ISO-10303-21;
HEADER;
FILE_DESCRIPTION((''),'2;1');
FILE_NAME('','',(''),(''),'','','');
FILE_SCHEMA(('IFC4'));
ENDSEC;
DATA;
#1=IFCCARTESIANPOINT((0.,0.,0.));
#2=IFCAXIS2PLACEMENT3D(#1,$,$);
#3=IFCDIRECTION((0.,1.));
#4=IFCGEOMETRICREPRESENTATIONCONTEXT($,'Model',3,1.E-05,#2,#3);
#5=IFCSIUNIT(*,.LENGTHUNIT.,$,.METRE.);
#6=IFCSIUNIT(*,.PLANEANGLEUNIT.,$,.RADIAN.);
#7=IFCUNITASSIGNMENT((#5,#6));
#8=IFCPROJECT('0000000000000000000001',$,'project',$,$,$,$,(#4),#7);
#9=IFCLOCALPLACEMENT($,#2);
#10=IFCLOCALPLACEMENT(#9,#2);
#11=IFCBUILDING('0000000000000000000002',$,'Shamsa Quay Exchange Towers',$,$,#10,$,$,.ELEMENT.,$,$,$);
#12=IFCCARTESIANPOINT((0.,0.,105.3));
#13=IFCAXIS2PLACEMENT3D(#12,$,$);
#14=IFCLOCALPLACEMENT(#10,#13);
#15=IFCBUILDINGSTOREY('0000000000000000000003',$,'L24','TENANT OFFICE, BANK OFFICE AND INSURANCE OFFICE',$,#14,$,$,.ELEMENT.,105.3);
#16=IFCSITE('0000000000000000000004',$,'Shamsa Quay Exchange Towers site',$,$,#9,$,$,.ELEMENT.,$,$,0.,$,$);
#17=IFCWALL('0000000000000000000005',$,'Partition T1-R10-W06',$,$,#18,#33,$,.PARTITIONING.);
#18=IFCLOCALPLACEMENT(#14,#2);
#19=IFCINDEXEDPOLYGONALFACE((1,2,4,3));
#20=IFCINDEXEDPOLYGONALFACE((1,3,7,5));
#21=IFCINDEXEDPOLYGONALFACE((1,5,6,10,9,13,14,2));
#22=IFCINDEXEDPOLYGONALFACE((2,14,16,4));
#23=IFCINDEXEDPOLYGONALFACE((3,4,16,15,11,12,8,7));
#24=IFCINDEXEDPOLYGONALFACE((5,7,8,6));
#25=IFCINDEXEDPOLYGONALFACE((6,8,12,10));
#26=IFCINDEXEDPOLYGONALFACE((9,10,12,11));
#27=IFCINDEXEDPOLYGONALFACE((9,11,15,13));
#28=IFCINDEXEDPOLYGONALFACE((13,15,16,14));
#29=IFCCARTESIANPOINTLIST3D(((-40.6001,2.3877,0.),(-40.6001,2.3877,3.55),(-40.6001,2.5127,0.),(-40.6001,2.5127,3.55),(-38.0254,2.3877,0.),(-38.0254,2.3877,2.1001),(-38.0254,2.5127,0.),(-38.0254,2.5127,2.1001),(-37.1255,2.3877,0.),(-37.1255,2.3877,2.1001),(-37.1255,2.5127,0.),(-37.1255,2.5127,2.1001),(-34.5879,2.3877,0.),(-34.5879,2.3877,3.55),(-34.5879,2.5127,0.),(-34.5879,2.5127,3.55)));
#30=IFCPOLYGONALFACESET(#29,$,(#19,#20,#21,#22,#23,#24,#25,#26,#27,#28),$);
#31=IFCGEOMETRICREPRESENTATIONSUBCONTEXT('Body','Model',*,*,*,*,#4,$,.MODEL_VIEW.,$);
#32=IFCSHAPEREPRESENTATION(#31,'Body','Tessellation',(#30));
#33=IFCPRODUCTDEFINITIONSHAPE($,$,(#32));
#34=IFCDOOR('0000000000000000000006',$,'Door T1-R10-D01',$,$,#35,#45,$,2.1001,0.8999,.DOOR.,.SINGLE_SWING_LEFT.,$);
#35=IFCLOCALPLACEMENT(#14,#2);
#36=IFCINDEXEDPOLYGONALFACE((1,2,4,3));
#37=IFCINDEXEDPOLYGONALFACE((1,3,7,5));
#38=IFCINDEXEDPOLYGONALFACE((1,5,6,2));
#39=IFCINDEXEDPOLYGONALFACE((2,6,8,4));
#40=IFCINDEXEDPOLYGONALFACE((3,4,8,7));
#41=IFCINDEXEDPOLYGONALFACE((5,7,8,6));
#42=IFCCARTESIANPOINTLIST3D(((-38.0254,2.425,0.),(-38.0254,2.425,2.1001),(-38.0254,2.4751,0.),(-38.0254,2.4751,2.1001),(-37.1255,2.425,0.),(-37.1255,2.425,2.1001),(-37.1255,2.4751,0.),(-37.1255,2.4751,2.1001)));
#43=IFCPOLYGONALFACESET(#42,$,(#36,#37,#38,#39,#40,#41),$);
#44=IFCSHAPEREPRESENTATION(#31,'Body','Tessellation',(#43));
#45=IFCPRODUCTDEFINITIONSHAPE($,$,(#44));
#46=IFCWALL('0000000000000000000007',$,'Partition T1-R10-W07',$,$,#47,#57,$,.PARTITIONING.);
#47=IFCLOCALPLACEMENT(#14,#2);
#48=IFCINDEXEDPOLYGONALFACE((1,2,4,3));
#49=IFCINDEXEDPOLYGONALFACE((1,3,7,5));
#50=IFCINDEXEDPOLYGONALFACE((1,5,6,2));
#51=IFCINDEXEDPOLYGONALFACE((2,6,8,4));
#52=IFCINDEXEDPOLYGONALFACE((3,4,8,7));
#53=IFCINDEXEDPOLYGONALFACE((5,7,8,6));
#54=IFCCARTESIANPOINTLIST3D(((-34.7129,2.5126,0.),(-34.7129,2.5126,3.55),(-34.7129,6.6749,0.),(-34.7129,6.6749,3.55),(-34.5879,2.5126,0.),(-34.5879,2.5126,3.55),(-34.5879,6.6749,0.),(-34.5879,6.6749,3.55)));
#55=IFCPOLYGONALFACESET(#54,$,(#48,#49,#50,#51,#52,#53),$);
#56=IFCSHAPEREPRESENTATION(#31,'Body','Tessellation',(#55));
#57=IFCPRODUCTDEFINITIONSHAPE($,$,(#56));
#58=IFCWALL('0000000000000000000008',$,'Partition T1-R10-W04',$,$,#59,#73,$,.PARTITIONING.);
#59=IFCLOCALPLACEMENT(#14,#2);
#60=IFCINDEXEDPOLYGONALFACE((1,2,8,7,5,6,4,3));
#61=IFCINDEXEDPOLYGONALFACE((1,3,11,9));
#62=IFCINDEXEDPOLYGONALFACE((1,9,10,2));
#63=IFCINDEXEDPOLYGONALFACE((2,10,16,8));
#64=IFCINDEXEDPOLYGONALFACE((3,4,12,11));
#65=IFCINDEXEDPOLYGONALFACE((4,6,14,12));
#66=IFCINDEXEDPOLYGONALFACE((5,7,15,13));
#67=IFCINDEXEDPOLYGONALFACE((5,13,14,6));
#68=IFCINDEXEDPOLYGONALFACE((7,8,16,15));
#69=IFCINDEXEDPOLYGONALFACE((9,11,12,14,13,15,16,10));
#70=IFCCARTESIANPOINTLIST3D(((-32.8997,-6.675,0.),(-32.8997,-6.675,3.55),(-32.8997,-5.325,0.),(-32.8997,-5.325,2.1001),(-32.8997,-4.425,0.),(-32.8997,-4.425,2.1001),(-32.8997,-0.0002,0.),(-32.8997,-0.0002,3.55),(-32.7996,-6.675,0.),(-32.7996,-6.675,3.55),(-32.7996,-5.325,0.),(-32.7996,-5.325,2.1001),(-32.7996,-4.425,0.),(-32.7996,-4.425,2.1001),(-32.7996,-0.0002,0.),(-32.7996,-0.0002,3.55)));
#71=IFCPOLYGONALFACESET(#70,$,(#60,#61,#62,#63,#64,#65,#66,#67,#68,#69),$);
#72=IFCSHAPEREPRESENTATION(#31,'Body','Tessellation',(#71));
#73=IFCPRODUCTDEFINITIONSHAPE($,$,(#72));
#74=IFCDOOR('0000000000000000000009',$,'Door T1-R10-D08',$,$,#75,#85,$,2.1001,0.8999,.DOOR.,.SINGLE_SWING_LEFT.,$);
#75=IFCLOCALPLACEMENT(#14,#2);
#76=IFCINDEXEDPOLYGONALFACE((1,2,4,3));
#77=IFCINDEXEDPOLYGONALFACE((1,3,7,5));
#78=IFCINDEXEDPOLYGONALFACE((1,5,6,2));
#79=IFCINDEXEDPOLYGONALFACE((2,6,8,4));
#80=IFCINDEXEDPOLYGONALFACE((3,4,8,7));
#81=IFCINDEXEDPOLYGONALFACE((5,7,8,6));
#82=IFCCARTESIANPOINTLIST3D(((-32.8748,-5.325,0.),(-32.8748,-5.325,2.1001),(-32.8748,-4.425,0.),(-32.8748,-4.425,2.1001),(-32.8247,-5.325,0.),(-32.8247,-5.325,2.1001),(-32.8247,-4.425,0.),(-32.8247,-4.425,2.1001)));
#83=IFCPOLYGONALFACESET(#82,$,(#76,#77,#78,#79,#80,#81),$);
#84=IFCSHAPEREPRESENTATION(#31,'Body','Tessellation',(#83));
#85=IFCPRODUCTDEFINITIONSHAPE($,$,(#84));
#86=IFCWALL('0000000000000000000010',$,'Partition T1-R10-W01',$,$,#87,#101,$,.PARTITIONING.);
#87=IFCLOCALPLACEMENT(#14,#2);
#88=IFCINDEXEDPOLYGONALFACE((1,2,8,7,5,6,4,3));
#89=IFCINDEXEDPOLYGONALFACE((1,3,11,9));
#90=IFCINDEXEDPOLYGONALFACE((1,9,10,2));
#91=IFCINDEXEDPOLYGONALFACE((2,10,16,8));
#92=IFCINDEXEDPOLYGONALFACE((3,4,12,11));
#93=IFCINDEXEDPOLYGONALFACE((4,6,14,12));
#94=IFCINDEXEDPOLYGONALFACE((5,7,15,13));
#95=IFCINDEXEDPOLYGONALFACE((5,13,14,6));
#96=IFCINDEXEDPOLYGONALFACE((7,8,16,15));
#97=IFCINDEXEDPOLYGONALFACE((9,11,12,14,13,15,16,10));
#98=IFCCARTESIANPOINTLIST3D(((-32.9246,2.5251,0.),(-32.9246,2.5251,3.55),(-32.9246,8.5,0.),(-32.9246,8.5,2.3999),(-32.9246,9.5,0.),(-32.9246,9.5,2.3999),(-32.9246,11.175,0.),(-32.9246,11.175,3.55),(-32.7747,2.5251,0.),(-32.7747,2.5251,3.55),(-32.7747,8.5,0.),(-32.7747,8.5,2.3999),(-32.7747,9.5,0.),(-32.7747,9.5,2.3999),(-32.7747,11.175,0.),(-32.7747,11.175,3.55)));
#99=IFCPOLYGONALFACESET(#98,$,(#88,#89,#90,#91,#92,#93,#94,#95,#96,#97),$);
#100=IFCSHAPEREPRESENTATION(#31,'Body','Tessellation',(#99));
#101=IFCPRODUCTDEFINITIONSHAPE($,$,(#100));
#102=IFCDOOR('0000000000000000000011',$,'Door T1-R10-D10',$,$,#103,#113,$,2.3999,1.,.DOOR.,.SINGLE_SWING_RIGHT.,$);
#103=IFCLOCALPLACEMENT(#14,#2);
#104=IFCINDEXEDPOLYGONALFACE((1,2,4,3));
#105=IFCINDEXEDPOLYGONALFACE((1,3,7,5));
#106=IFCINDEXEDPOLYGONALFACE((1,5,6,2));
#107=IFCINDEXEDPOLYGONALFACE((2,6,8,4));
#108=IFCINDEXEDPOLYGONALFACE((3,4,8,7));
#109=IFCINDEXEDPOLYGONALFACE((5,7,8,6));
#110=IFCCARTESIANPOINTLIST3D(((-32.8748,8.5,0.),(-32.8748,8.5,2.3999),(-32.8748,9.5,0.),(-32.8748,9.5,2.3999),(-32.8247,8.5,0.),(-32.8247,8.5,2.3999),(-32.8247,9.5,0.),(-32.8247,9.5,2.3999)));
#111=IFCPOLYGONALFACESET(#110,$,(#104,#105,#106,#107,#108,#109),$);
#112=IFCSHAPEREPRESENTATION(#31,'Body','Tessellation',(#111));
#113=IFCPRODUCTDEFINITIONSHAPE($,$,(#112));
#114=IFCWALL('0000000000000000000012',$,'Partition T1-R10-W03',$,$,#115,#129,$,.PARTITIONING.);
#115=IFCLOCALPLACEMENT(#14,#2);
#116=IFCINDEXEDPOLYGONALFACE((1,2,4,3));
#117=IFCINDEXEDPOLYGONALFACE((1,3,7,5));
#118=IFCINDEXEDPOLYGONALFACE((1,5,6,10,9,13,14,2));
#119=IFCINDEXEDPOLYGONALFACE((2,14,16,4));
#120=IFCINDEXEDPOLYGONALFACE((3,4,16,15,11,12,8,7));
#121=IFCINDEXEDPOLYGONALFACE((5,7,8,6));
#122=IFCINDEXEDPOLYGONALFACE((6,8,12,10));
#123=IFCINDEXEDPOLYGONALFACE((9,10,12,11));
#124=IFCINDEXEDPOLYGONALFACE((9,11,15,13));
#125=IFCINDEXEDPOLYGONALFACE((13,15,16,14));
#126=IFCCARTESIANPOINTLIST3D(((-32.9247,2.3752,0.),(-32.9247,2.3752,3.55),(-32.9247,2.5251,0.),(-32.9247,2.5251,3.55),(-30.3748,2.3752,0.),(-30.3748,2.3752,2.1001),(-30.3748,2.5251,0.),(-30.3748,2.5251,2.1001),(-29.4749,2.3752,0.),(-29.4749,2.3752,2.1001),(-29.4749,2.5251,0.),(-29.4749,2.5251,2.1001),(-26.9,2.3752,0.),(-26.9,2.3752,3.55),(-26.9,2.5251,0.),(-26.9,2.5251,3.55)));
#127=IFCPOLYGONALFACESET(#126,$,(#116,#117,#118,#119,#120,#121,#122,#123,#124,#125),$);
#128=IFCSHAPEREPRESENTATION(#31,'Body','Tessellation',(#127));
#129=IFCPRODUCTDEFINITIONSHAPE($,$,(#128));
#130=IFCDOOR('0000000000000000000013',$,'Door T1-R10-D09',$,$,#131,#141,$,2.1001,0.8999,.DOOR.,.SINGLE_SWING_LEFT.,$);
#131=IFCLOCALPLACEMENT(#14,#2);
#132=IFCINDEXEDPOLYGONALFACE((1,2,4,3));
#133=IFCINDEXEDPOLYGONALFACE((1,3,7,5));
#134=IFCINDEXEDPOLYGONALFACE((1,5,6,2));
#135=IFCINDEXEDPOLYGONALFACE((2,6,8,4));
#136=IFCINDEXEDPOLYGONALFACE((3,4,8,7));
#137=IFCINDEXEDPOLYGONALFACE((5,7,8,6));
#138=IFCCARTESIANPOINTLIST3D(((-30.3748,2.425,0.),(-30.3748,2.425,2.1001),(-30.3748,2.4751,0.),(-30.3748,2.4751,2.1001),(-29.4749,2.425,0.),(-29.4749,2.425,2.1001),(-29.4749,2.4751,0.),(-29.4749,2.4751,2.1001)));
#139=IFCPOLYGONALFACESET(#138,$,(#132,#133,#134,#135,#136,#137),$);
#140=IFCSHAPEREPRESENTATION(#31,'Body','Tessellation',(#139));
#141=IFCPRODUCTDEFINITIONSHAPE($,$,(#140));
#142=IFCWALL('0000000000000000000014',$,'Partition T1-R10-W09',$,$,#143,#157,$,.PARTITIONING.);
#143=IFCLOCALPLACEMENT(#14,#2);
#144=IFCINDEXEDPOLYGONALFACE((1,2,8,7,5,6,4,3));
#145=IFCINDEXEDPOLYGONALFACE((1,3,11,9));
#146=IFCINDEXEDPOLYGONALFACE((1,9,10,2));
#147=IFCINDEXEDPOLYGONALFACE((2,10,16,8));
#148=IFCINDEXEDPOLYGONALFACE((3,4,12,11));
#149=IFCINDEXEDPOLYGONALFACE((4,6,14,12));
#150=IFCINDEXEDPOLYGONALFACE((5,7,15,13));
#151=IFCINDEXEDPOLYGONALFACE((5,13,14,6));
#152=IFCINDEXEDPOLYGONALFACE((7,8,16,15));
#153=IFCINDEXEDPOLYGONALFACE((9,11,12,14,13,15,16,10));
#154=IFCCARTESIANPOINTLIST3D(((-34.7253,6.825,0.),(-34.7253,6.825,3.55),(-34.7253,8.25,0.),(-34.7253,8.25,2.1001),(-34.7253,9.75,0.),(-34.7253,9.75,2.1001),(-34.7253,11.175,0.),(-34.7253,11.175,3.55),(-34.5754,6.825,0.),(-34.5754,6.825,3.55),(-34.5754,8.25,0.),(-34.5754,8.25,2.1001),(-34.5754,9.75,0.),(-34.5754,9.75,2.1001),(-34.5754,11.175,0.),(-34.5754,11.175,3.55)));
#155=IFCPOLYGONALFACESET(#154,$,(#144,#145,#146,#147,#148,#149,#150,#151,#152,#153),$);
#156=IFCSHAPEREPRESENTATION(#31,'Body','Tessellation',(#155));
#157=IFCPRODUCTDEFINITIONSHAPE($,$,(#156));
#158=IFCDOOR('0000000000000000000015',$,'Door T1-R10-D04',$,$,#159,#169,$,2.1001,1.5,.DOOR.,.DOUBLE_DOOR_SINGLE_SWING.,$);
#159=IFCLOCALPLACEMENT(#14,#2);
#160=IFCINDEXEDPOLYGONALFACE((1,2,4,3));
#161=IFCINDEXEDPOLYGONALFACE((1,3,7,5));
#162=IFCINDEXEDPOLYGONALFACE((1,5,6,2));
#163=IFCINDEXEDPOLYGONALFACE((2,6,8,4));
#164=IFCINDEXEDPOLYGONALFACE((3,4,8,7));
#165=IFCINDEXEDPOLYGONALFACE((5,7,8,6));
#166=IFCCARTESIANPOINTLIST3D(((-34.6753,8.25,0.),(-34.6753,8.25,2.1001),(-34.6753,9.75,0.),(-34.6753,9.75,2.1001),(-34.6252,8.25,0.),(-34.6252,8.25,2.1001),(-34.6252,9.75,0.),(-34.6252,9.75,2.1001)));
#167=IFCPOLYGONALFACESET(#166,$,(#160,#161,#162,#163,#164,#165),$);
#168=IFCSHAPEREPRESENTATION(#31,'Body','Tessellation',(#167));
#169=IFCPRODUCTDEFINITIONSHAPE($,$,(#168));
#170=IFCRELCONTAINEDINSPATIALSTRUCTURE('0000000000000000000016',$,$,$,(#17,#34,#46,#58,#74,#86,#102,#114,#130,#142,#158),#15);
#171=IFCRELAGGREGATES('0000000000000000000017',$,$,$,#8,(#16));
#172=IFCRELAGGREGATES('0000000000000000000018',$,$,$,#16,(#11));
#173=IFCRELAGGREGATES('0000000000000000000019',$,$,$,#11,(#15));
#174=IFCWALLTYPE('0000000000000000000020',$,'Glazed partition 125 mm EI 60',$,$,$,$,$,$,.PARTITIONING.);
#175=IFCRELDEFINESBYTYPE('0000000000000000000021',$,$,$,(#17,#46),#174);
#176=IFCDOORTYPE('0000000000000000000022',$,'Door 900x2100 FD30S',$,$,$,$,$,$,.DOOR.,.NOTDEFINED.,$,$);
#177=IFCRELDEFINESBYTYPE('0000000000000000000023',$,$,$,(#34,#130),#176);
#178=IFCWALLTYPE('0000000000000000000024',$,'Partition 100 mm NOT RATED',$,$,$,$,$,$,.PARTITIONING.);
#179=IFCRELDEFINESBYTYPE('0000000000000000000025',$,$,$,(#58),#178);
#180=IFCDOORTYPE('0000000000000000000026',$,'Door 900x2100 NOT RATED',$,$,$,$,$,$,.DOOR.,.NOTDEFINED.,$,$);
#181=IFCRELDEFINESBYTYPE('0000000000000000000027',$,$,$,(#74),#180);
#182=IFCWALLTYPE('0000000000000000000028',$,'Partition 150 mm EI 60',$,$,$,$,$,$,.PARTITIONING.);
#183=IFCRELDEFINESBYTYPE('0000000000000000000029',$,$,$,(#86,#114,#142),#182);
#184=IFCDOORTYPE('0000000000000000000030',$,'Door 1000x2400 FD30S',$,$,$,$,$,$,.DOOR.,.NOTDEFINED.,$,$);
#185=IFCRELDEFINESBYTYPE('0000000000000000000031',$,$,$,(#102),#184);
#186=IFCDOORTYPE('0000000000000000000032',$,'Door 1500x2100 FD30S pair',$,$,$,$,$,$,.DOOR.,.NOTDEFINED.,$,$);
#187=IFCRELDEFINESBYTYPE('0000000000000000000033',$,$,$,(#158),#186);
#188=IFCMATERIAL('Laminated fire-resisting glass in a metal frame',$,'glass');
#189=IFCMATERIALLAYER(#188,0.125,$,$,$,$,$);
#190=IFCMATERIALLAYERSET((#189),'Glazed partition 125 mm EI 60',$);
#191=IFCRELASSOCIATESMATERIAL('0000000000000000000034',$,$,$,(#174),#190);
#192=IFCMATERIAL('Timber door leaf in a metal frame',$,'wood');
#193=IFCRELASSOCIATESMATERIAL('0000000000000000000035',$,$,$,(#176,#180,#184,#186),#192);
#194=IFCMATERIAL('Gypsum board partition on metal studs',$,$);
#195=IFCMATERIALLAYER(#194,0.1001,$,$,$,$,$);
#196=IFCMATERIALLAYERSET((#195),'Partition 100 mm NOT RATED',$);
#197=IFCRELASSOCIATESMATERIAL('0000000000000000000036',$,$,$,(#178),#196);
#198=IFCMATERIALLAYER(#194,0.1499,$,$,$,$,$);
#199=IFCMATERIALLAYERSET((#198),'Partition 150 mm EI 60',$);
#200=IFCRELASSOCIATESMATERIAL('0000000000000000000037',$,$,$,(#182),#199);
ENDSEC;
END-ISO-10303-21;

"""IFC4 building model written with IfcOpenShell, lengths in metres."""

from ifc_helpers import new_model, si_unit, direction, frame, frame_2d, origin, place, context, subcontext, project, spatial, rectangle, extrude, material, layer, layer_set, type_object, element, fill, save


model = new_model("IFC4")

# Units and contexts
model_context = context("Model", 3, precision=1e-05, world=origin(), true_north=direction((0.0, 1.0)))
body_context = subcontext(model_context, "Body", "Model", "MODEL_VIEW")
ifc_project = project(units=[si_unit("LENGTHUNIT", "METRE"), si_unit("PLANEANGLEUNIT", "RADIAN")], contexts=[model_context])

# Site, building, storey
site_placement = place(None, origin())
site = spatial("IfcSite", under=ifc_project, at=site_placement, Name="Shamsa Quay Exchange Towers site", CompositionType="ELEMENT", RefElevation=0.0)
building_placement = place(site_placement, origin())
building = spatial("IfcBuilding", under=site, at=building_placement, Name="Shamsa Quay Exchange Towers", CompositionType="ELEMENT")
storey_placement = place(building_placement, frame((0.0, 0.0, 105.3)))
storey = spatial("IfcBuildingStorey", under=building, at=storey_placement, Name="L24", Description="TENANT OFFICE, BANK OFFICE AND INSURANCE OFFICE", CompositionType="ELEMENT", Elevation=105.3)

# Wall, opening, door
ifc_material_1 = material(Name="Laminated fire-resisting glass in a metal frame", Category="glass")
ifc_layer_1 = layer(ifc_material_1, 0.125)
ifc_layer_set_1 = layer_set([ifc_layer_1], Name="Glazed partition 125 mm EI 60")
wall_type_1 = type_object("IfcWallType", Name="Glazed partition 125 mm EI 60", PredefinedType="PARTITIONING", material=ifc_layer_set_1)
wall_1_placement = place(storey_placement, frame((-40.6001, 2.4502, 0.0)))
wall_1 = element("IfcWall", 1, at=wall_1_placement, inside=storey, type_object=wall_type_1, Name="Partition T1-R10-W06", PredefinedType="PARTITIONING", context=body_context, shape_type="SweptSolid", body=[
    extrude(rectangle(XDim=6.0122, YDim=0.125, at=frame_2d((3.0061, 0.0))), origin(), (0.0, 0.0, 1.0), 3.55),
])
opening_1_placement = place(wall_1_placement, frame((2.5747, 0.0, 0.0)))
opening_1 = element("IfcOpeningElement", 2, at=opening_1_placement, cuts=wall_1, PredefinedType="OPENING", context=body_context, shape_type="SweptSolid", body=[
    extrude(rectangle(XDim=0.8999, YDim=2.1001, at=frame_2d((0.45, 1.05))), frame((0.0, 0.0725, 0.0), z_axis=(0.0, -1.0, 0.0), x_axis=(1.0, 0.0, 0.0)), (0.0, 0.0, 1.0), 0.145),
])
ifc_material_2 = material(Name="Timber door leaf in a metal frame", Category="wood")
door_type_1 = type_object("IfcDoorType", Name="Door 900x2100 FD30S", OperationType="NOTDEFINED", PredefinedType="DOOR", material=ifc_material_2)
door_1_placement = place(opening_1_placement, origin())
door_1 = element("IfcDoor", 3, at=door_1_placement, inside=storey, type_object=door_type_1, Name="Door T1-R10-D01", OperationType="SINGLE_SWING_LEFT", OverallHeight=2.1001, OverallWidth=0.8999, PredefinedType="DOOR", context=body_context, shape_type="SweptSolid", body=[
    extrude(rectangle(XDim=0.8999, YDim=2.1001, at=frame_2d((0.45, 1.05))), frame((0.0, 0.0249, 0.0), z_axis=(0.0, -1.0, 0.0), x_axis=(1.0, 0.0, 0.0)), (0.0, 0.0, 1.0), 0.05),
])
fill(opening_1, door_1)

# Wall
wall_2_placement = place(storey_placement, frame((-34.6504, 2.5127, 0.0), z_axis=(0.0, 0.0, 1.0), x_axis=(0.0, 1.0, 0.0)))
element("IfcWall", 4, at=wall_2_placement, inside=storey, type_object=wall_type_1, Name="Partition T1-R10-W07", PredefinedType="PARTITIONING", context=body_context, shape_type="SweptSolid", body=[
    extrude(rectangle(XDim=4.1624, YDim=0.125, at=frame_2d((2.0811, 0.0))), origin(), (0.0, 0.0, 1.0), 3.55),
])

# Walls, openings, doors
ifc_material_3 = material(Name="Gypsum board partition on metal studs")
ifc_layer_2 = layer(ifc_material_3, 0.1001)
ifc_layer_set_2 = layer_set([ifc_layer_2], Name="Partition 100 mm NOT RATED")
wall_type_2 = type_object("IfcWallType", Name="Partition 100 mm NOT RATED", PredefinedType="PARTITIONING", material=ifc_layer_set_2)
wall_3_placement = place(storey_placement, frame((-32.8496, -0.0002, 0.0), z_axis=(0.0, 0.0, 1.0), x_axis=(0.0, -1.0, 0.0)))
wall_3 = element("IfcWall", 5, at=wall_3_placement, inside=storey, type_object=wall_type_2, Name="Partition T1-R10-W04", PredefinedType="PARTITIONING", context=body_context, shape_type="SweptSolid", body=[
    extrude(rectangle(XDim=6.6748, YDim=0.1001, at=frame_2d((3.3374, 0.0))), origin(), (0.0, 0.0, 1.0), 3.55),
])
opening_2_placement = place(wall_3_placement, frame((4.4248, 0.0, 0.0)))
opening_2 = element("IfcOpeningElement", 6, at=opening_2_placement, cuts=wall_3, PredefinedType="OPENING", context=body_context, shape_type="SweptSolid", body=[
    extrude(rectangle(XDim=0.8999, YDim=2.1001, at=frame_2d((0.45, 1.05))), frame((0.0, 0.0601, 0.0), z_axis=(0.0, -1.0, 0.0), x_axis=(1.0, 0.0, 0.0)), (0.0, 0.0, 1.0), 0.1201),
])
door_type_2 = type_object("IfcDoorType", Name="Door 900x2100 NOT RATED", OperationType="NOTDEFINED", PredefinedType="DOOR", material=ifc_material_2)
door_2_placement = place(opening_2_placement, origin())
door_2 = element("IfcDoor", 7, at=door_2_placement, inside=storey, type_object=door_type_2, Name="Door T1-R10-D08", OperationType="SINGLE_SWING_LEFT", OverallHeight=2.1001, OverallWidth=0.8999, PredefinedType="DOOR", context=body_context, shape_type="SweptSolid", body=[
    extrude(rectangle(XDim=0.8999, YDim=2.1001, at=frame_2d((0.45, 1.05))), frame((0.0, 0.0249, 0.0), z_axis=(0.0, -1.0, 0.0), x_axis=(1.0, 0.0, 0.0)), (0.0, 0.0, 1.0), 0.05),
])
fill(opening_2, door_2)
ifc_layer_3 = layer(ifc_material_3, 0.1499)
ifc_layer_set_3 = layer_set([ifc_layer_3], Name="Partition 150 mm EI 60")
wall_type_3 = type_object("IfcWallType", Name="Partition 150 mm EI 60", PredefinedType="PARTITIONING", material=ifc_layer_set_3)
wall_4_placement = place(storey_placement, frame((-32.8496, 11.175, 0.0), z_axis=(0.0, 0.0, 1.0), x_axis=(0.0, -1.0, 0.0)))
wall_4 = element("IfcWall", 8, at=wall_4_placement, inside=storey, type_object=wall_type_3, Name="Partition T1-R10-W01", PredefinedType="PARTITIONING", context=body_context, shape_type="SweptSolid", body=[
    extrude(rectangle(XDim=8.6499, YDim=0.1499, at=frame_2d((4.325, 0.0))), origin(), (0.0, 0.0, 1.0), 3.55),
])
opening_3_placement = place(wall_4_placement, frame((1.675, 0.0, 0.0)))
opening_3 = element("IfcOpeningElement", 9, at=opening_3_placement, cuts=wall_4, PredefinedType="OPENING", context=body_context, shape_type="SweptSolid", body=[
    extrude(rectangle(XDim=1.0, YDim=2.3999, at=frame_2d((0.5, 1.2))), frame((0.0, 0.085, 0.0), z_axis=(0.0, -1.0, 0.0), x_axis=(1.0, 0.0, 0.0)), (0.0, 0.0, 1.0), 0.1699),
])
door_type_3 = type_object("IfcDoorType", Name="Door 1000x2400 FD30S", OperationType="NOTDEFINED", PredefinedType="DOOR", material=ifc_material_2)
door_3_placement = place(opening_3_placement, origin())
door_3 = element("IfcDoor", 10, at=door_3_placement, inside=storey, type_object=door_type_3, Name="Door T1-R10-D10", OperationType="SINGLE_SWING_RIGHT", OverallHeight=2.3999, OverallWidth=1.0, PredefinedType="DOOR", context=body_context, shape_type="SweptSolid", body=[
    extrude(rectangle(XDim=1.0, YDim=2.3999, at=frame_2d((0.5, 1.2))), frame((0.0, 0.0249, 0.0), z_axis=(0.0, -1.0, 0.0), x_axis=(1.0, 0.0, 0.0)), (0.0, 0.0, 1.0), 0.05),
])
fill(opening_3, door_3)
wall_5_placement = place(storey_placement, frame((-32.9246, 2.4502, 0.0)))
wall_5 = element("IfcWall", 11, at=wall_5_placement, inside=storey, type_object=wall_type_3, Name="Partition T1-R10-W03", PredefinedType="PARTITIONING", context=body_context, shape_type="SweptSolid", body=[
    extrude(rectangle(XDim=6.0247, YDim=0.1499, at=frame_2d((3.0122, 0.0))), origin(), (0.0, 0.0, 1.0), 3.55),
])
opening_4_placement = place(wall_5_placement, frame((2.5498, 0.0, 0.0)))
opening_4 = element("IfcOpeningElement", 12, at=opening_4_placement, cuts=wall_5, PredefinedType="OPENING", context=body_context, shape_type="SweptSolid", body=[
    extrude(rectangle(XDim=0.8999, YDim=2.1001, at=frame_2d((0.45, 1.05))), frame((0.0, 0.085, 0.0), z_axis=(0.0, -1.0, 0.0), x_axis=(1.0, 0.0, 0.0)), (0.0, 0.0, 1.0), 0.1699),
])
door_4_placement = place(opening_4_placement, origin())
door_4 = element("IfcDoor", 13, at=door_4_placement, inside=storey, type_object=door_type_1, Name="Door T1-R10-D09", OperationType="SINGLE_SWING_LEFT", OverallHeight=2.1001, OverallWidth=0.8999, PredefinedType="DOOR", context=body_context, shape_type="SweptSolid", body=[
    extrude(rectangle(XDim=0.8999, YDim=2.1001, at=frame_2d((0.45, 1.05))), frame((0.0, 0.0249, 0.0), z_axis=(0.0, -1.0, 0.0), x_axis=(1.0, 0.0, 0.0)), (0.0, 0.0, 1.0), 0.05),
])
fill(opening_4, door_4)
wall_6_placement = place(storey_placement, frame((-34.6504, 6.825, 0.0), z_axis=(0.0, 0.0, 1.0), x_axis=(0.0, 1.0, 0.0)))
wall_6 = element("IfcWall", 14, at=wall_6_placement, inside=storey, type_object=wall_type_3, Name="Partition T1-R10-W09", PredefinedType="PARTITIONING", context=body_context, shape_type="SweptSolid", body=[
    extrude(rectangle(XDim=4.3501, YDim=0.1499, at=frame_2d((2.175, 0.0))), origin(), (0.0, 0.0, 1.0), 3.55),
])
opening_5_placement = place(wall_6_placement, frame((1.425, 0.0, 0.0)))
opening_5 = element("IfcOpeningElement", 15, at=opening_5_placement, cuts=wall_6, PredefinedType="OPENING", context=body_context, shape_type="SweptSolid", body=[
    extrude(rectangle(XDim=1.5, YDim=2.1001, at=frame_2d((0.75, 1.05))), frame((0.0, 0.085, 0.0), z_axis=(0.0, -1.0, 0.0), x_axis=(1.0, 0.0, 0.0)), (0.0, 0.0, 1.0), 0.1699),
])
door_type_4 = type_object("IfcDoorType", Name="Door 1500x2100 FD30S pair", OperationType="NOTDEFINED", PredefinedType="DOOR", material=ifc_material_2)
door_5_placement = place(opening_5_placement, origin())
door_5 = element("IfcDoor", 16, at=door_5_placement, inside=storey, type_object=door_type_4, Name="Door T1-R10-D04", OperationType="DOUBLE_DOOR_SINGLE_SWING", OverallHeight=2.1001, OverallWidth=1.5, PredefinedType="DOOR", context=body_context, shape_type="SweptSolid", body=[
    extrude(rectangle(XDim=1.5, YDim=2.1001, at=frame_2d((0.75, 1.05))), frame((0.0, 0.0249, 0.0), z_axis=(0.0, -1.0, 0.0), x_axis=(1.0, 0.0, 0.0)), (0.0, 0.0, 1.0), 0.05),
])
fill(opening_5, door_5)

save(model, "model.ifc")
